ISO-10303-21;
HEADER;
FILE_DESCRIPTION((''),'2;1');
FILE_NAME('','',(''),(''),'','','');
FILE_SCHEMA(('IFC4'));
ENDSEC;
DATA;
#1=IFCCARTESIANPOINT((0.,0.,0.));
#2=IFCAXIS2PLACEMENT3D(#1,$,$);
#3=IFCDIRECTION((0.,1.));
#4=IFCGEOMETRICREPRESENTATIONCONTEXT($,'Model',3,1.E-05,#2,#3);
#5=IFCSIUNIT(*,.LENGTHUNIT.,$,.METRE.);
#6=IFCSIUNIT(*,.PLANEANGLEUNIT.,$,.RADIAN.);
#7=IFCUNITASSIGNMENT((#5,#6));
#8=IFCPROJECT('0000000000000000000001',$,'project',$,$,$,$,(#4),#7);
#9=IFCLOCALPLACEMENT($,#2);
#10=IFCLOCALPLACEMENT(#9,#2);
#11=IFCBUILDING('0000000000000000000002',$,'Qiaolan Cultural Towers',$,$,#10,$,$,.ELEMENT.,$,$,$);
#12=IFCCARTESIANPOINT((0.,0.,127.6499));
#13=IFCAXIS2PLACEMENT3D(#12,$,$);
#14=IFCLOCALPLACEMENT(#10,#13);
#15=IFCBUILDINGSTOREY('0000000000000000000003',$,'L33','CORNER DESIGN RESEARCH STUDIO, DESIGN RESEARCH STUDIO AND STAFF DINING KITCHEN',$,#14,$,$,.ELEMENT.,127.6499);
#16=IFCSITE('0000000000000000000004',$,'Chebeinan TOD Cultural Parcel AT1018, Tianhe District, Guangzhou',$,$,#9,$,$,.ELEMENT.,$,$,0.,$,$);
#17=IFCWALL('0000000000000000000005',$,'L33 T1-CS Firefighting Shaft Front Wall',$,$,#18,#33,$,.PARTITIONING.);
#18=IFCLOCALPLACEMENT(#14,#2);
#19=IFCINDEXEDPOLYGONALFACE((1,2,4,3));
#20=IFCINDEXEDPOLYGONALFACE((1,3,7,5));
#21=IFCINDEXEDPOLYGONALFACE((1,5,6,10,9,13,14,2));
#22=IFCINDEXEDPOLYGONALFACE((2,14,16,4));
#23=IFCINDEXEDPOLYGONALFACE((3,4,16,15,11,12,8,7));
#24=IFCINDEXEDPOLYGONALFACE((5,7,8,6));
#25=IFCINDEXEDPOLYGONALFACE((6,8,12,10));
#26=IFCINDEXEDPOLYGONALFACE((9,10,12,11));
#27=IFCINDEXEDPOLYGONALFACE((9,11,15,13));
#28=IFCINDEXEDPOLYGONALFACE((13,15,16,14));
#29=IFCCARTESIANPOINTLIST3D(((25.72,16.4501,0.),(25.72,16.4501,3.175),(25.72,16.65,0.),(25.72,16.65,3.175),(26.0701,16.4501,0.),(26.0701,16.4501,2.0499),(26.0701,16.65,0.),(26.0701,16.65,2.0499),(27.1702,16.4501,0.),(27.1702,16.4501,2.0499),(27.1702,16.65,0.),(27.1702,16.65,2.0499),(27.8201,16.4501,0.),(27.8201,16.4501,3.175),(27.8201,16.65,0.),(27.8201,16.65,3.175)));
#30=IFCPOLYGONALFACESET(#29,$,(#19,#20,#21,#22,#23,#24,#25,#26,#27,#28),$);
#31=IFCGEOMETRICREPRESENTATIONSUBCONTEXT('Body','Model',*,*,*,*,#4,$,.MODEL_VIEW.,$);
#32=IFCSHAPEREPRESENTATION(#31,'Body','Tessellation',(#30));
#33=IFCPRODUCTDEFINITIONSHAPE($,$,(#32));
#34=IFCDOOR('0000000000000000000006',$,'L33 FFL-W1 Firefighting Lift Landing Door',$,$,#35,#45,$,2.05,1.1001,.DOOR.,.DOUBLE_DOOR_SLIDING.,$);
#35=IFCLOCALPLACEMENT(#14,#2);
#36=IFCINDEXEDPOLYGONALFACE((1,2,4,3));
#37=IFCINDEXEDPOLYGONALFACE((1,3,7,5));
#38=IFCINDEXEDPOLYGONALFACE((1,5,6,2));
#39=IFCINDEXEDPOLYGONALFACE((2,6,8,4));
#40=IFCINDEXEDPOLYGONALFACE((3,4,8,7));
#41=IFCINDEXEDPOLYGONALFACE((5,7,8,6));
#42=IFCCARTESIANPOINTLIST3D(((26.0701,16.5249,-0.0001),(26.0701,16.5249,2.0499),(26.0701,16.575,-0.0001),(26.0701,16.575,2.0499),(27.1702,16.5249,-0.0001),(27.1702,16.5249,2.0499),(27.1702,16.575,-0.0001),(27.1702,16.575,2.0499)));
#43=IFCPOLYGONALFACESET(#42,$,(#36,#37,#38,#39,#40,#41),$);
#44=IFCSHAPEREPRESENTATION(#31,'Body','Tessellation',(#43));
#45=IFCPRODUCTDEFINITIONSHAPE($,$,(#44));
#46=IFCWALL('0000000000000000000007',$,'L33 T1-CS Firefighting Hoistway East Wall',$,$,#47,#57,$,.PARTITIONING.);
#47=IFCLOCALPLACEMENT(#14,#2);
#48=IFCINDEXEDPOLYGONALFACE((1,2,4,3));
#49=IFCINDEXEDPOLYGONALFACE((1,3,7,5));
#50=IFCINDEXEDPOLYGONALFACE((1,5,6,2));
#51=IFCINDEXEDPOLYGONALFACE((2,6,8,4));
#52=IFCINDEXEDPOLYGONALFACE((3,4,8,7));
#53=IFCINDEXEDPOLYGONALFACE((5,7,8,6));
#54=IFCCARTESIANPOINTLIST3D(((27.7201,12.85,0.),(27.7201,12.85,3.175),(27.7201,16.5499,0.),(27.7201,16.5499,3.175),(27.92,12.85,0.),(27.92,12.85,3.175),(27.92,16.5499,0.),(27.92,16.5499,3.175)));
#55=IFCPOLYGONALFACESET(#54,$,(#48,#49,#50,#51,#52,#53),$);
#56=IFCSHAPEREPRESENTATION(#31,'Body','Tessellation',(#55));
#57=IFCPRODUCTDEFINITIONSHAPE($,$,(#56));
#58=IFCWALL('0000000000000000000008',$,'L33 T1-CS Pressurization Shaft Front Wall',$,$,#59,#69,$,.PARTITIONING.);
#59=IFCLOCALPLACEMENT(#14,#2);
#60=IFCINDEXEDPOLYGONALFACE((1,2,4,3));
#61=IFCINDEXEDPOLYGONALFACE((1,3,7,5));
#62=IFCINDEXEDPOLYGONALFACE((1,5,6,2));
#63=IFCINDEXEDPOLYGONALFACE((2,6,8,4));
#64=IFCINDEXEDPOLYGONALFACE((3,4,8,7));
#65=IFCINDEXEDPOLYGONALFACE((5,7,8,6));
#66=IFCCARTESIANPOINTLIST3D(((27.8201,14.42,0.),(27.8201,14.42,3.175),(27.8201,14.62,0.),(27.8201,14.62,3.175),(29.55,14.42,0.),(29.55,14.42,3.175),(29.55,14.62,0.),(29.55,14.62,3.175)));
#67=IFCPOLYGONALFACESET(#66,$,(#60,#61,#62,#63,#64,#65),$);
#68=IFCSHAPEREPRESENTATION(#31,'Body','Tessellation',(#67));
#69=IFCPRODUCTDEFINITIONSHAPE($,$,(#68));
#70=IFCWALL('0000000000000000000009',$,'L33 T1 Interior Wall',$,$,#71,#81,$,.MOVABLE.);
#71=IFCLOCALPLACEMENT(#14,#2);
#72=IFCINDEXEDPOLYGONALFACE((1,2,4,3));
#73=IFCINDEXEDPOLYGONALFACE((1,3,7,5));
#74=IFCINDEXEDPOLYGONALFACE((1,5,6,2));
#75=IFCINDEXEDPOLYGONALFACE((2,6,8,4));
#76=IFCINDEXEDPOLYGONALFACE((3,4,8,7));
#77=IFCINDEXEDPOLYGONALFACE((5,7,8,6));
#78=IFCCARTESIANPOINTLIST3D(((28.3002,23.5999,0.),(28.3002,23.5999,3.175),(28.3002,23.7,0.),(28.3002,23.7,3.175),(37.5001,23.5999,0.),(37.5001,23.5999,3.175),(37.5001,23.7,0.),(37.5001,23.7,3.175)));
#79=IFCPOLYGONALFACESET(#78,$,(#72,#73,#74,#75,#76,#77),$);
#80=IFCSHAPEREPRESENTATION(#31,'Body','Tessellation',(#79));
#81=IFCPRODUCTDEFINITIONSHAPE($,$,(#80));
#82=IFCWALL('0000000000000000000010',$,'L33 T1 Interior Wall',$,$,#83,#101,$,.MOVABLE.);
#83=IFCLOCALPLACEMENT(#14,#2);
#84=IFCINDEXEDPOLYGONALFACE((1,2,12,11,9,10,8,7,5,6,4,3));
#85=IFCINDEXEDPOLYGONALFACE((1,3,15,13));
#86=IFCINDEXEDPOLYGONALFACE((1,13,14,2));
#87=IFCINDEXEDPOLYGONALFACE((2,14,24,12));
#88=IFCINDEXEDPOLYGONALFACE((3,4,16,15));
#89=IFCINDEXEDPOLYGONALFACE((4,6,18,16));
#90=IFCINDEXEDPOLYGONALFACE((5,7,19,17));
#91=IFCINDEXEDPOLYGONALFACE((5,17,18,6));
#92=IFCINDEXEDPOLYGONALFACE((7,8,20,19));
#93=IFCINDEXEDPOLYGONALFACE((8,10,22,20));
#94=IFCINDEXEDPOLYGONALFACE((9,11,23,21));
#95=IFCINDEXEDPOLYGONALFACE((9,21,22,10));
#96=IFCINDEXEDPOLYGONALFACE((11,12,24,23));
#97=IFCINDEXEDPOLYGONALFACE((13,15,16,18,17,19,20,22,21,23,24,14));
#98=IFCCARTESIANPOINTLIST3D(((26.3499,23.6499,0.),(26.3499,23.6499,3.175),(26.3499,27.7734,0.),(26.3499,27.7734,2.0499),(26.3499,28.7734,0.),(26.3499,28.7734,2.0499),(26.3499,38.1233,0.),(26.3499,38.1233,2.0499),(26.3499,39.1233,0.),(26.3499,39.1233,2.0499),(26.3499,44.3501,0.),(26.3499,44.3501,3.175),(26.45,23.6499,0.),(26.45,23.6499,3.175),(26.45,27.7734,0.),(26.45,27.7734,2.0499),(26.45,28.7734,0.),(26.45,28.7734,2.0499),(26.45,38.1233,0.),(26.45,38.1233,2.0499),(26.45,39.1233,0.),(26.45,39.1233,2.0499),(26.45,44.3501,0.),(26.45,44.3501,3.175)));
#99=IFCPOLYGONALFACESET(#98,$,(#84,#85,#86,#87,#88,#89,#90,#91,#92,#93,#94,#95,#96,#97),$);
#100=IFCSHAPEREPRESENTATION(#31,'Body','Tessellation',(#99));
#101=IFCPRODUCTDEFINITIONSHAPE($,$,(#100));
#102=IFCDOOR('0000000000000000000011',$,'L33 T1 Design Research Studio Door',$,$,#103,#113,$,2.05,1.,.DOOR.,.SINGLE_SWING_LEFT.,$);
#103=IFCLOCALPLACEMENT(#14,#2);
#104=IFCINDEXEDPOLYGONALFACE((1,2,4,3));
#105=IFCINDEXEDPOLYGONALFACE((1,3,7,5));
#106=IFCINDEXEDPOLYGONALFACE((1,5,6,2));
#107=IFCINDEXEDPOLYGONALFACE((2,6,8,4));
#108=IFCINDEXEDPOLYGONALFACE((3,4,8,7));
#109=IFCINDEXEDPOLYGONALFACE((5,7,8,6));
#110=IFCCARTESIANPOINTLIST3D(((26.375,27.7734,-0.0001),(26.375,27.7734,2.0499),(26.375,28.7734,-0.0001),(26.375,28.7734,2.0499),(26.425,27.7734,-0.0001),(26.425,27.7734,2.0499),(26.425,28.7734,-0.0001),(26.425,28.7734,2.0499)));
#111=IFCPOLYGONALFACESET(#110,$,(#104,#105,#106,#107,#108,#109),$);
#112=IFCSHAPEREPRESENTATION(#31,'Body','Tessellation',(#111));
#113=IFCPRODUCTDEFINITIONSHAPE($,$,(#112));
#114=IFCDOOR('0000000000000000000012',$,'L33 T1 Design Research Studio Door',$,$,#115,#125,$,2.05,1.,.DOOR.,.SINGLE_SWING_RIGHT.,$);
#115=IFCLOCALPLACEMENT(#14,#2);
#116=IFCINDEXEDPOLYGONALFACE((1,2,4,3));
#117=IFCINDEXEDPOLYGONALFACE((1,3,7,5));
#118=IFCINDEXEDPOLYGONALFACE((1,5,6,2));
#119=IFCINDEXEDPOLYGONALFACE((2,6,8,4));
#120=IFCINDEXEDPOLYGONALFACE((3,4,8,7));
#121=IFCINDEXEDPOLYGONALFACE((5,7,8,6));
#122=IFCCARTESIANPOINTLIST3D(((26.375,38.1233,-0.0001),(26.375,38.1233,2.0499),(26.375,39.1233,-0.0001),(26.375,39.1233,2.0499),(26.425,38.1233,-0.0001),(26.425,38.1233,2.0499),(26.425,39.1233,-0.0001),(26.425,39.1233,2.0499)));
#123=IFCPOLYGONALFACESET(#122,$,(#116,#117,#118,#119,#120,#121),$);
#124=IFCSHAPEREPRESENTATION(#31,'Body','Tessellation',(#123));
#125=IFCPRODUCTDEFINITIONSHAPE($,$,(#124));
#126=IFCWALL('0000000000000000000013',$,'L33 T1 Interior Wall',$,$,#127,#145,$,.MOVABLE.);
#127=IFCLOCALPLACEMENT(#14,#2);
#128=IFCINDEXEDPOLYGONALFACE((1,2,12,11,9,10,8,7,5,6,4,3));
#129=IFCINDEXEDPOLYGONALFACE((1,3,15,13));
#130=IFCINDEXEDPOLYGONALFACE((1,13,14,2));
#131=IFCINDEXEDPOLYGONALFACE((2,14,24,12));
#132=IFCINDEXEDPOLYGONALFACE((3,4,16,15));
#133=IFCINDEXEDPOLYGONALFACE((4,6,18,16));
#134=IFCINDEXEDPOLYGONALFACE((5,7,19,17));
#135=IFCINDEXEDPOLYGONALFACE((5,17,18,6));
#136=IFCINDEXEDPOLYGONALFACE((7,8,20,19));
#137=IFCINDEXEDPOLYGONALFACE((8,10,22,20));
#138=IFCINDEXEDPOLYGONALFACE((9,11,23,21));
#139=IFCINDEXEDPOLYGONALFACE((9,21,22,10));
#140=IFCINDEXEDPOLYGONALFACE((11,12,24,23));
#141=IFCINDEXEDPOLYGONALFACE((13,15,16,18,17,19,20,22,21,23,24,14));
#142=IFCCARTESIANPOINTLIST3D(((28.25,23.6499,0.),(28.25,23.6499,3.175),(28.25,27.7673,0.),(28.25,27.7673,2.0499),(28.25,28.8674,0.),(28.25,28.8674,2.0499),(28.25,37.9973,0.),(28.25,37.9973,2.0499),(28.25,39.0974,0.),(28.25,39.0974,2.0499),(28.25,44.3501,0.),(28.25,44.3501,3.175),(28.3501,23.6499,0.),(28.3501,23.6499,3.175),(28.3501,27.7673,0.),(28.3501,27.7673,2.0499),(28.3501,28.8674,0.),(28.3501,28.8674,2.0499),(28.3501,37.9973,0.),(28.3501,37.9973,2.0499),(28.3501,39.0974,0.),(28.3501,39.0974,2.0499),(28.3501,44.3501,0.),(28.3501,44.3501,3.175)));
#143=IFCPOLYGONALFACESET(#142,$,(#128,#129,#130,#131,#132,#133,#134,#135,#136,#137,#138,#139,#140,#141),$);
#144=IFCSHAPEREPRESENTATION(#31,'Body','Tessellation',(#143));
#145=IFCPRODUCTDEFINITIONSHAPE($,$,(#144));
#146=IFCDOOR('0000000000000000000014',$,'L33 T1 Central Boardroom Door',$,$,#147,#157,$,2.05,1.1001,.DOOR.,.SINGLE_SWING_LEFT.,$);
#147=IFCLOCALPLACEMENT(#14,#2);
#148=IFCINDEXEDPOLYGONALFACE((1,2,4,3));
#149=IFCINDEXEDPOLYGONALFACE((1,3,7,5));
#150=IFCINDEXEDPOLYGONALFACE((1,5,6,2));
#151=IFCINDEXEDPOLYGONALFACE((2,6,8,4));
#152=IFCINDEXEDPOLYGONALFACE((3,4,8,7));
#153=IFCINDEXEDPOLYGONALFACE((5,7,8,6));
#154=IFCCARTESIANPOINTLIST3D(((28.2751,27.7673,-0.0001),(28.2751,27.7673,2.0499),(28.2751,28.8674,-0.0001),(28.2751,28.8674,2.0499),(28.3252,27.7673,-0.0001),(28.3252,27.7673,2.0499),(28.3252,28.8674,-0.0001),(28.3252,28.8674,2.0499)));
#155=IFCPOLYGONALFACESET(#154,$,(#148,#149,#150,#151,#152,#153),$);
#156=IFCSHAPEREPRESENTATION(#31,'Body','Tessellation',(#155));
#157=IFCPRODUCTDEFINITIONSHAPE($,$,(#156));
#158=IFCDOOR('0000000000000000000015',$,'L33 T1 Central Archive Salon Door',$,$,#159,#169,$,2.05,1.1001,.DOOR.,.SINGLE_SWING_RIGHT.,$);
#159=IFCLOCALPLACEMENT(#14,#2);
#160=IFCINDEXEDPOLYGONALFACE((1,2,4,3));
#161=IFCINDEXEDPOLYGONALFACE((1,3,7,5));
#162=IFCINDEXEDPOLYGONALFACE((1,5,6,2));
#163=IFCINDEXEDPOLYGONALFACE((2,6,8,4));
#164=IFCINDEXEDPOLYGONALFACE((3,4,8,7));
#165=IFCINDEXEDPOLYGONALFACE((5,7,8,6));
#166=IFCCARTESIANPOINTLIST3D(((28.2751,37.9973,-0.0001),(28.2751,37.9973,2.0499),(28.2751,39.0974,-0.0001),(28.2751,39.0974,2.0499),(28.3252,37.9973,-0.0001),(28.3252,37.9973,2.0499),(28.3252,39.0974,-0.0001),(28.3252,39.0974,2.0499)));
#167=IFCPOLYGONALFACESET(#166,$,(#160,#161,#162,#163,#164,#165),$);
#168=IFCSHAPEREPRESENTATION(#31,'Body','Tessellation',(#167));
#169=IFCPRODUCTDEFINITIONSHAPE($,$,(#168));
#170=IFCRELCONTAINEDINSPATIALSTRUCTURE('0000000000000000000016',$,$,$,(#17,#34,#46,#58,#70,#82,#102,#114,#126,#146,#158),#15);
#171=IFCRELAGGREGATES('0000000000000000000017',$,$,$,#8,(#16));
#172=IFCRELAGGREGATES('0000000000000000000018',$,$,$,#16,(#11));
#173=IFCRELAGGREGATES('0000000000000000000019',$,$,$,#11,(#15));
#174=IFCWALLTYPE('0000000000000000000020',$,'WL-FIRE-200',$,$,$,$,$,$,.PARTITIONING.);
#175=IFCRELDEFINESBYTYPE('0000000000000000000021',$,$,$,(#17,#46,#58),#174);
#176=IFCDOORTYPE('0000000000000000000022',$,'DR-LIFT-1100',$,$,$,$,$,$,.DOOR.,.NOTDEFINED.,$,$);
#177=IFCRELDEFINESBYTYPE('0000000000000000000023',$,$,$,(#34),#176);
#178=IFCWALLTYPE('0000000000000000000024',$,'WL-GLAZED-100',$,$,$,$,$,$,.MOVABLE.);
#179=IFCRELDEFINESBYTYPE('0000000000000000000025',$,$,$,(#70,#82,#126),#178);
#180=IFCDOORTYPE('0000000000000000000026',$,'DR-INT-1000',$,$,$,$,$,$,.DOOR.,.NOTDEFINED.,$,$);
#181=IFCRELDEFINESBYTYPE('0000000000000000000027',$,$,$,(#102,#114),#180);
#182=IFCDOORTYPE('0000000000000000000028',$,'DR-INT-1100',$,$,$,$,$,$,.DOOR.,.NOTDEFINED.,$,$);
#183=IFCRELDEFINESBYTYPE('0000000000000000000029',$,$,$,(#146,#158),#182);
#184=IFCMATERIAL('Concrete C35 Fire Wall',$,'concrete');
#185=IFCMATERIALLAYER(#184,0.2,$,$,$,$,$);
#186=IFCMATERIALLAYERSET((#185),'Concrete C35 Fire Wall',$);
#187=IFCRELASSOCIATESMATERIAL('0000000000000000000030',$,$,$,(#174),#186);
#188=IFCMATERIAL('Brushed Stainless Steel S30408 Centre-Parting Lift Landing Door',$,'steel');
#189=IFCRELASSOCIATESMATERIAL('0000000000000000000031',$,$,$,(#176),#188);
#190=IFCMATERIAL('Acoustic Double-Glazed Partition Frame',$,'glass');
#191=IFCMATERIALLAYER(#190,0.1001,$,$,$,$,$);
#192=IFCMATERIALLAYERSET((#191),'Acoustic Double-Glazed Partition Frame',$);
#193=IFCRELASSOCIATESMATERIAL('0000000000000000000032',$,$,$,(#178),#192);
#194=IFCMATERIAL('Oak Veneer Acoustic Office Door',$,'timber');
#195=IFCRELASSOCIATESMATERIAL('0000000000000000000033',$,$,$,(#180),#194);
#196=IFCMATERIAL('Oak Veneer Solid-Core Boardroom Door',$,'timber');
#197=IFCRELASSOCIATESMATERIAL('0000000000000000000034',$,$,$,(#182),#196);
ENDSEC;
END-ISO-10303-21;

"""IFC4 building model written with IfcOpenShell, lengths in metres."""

from ifc_helpers import new_model, si_unit, direction, frame, frame_2d, origin, place, context, subcontext, project, spatial, rectangle, extrude, material, layer, layer_set, type_object, element, fill, save


model = new_model("IFC4")

# Units and contexts
model_context = context("Model", 3, precision=1e-05, world=origin(), true_north=direction((0.0, 1.0)))
body_context = subcontext(model_context, "Body", "Model", "MODEL_VIEW")
ifc_project = project(units=[si_unit("LENGTHUNIT", "METRE"), si_unit("PLANEANGLEUNIT", "RADIAN")], contexts=[model_context])

# Site, building, storey
site_placement = place(None, origin())
site = spatial("IfcSite", under=ifc_project, at=site_placement, Name="Chebeinan TOD Cultural Parcel AT1018, Tianhe District, Guangzhou", CompositionType="ELEMENT", RefElevation=0.0)
building_placement = place(site_placement, origin())
building = spatial("IfcBuilding", under=site, at=building_placement, Name="Qiaolan Cultural Towers", CompositionType="ELEMENT")
storey_placement = place(building_placement, frame((0.0, 0.0, 127.6499)))
storey = spatial("IfcBuildingStorey", under=building, at=storey_placement, Name="L33", Description="CORNER DESIGN RESEARCH STUDIO, DESIGN RESEARCH STUDIO AND STAFF DINING KITCHEN", CompositionType="ELEMENT", Elevation=127.6499)

# Shared definitions
ifc_material_1 = material(Name="Concrete C35 Fire Wall", Category="concrete")
ifc_layer_1 = layer(ifc_material_1, 0.2)
ifc_layer_set_1 = layer_set([ifc_layer_1], Name="Concrete C35 Fire Wall")
wall_type_1 = type_object("IfcWallType", Name="WL-FIRE-200", PredefinedType="PARTITIONING", material=ifc_layer_set_1)

# Wall, opening, door
wall_1_placement = place(storey_placement, frame((25.72, 16.55, 0.0), z_axis=(0.0, 0.0, 1.0), x_axis=(1.0, 0.0, 0.0)))
wall_1 = element("IfcWall", 1, at=wall_1_placement, inside=storey, type_object=wall_type_1, Name="L33 T1-CS Firefighting Shaft Front Wall", PredefinedType="PARTITIONING", context=body_context, shape_type="SweptSolid", body=[
    extrude(rectangle(XDim=2.1001, YDim=0.2, at=frame_2d((1.05, 0.0))), origin(), (0.0, 0.0, 1.0), 3.175),
])
opening_1_placement = place(wall_1_placement, frame((0.3501, 0.0, 0.0)))
opening_1 = element("IfcOpeningElement", 2, at=opening_1_placement, cuts=wall_1, PredefinedType="OPENING", context=body_context, shape_type="SweptSolid", body=[
    extrude(rectangle(XDim=1.1001, YDim=2.05, at=frame_2d((0.55, 1.0249))), frame((0.0, 0.1099, 0.0), z_axis=(0.0, -1.0, 0.0), x_axis=(1.0, 0.0, 0.0)), (0.0, 0.0, 1.0), 0.22),
])
ifc_material_2 = material(Name="Brushed Stainless Steel S30408 Centre-Parting Lift Landing Door", Category="steel")
door_type_1 = type_object("IfcDoorType", Name="DR-LIFT-1100", OperationType="NOTDEFINED", PredefinedType="DOOR", material=ifc_material_2)
door_1_placement = place(opening_1_placement, origin())
door_1 = element("IfcDoor", 3, at=door_1_placement, inside=storey, type_object=door_type_1, Name="L33 FFL-W1 Firefighting Lift Landing Door", OperationType="DOUBLE_DOOR_SLIDING", OverallHeight=2.05, OverallWidth=1.1001, PredefinedType="DOOR", context=body_context, shape_type="SweptSolid", body=[
    extrude(rectangle(XDim=1.1001, YDim=2.05, at=frame_2d((0.55, 1.0249))), frame((0.0, 0.0249, 0.0), z_axis=(0.0, -1.0, 0.0), x_axis=(1.0, 0.0, 0.0)), (0.0, 0.0, 1.0), 0.05),
])
fill(opening_1, door_1)

# Walls
wall_2_placement = place(storey_placement, frame((27.8201, 16.55, 0.0), z_axis=(0.0, 0.0, 1.0), x_axis=(0.0, -1.0, 0.0)))
element("IfcWall", 4, at=wall_2_placement, inside=storey, type_object=wall_type_1, Name="L33 T1-CS Firefighting Hoistway East Wall", PredefinedType="PARTITIONING", context=body_context, shape_type="SweptSolid", body=[
    extrude(rectangle(XDim=3.7, YDim=0.2, at=frame_2d((1.8501, 0.0))), origin(), (0.0, 0.0, 1.0), 3.175),
])
wall_3_placement = place(storey_placement, frame((27.8201, 14.52, 0.0), z_axis=(0.0, 0.0, 1.0), x_axis=(1.0, 0.0, 0.0)))
element("IfcWall", 5, at=wall_3_placement, inside=storey, type_object=wall_type_1, Name="L33 T1-CS Pressurization Shaft Front Wall", PredefinedType="PARTITIONING", context=body_context, shape_type="SweptSolid", body=[
    extrude(rectangle(XDim=1.73, YDim=0.2, at=frame_2d((0.865, 0.0))), origin(), (0.0, 0.0, 1.0), 3.175),
])
ifc_material_3 = material(Name="Acoustic Double-Glazed Partition Frame", Category="glass")
ifc_layer_2 = layer(ifc_material_3, 0.1001)
ifc_layer_set_2 = layer_set([ifc_layer_2], Name="Acoustic Double-Glazed Partition Frame")
wall_type_2 = type_object("IfcWallType", Name="WL-GLAZED-100", PredefinedType="MOVABLE", material=ifc_layer_set_2)
wall_4_placement = place(storey_placement, frame((28.3, 23.6499, 0.0), z_axis=(0.0, 0.0, 1.0), x_axis=(1.0, 0.0, 0.0)))
element("IfcWall", 6, at=wall_4_placement, inside=storey, type_object=wall_type_2, Name="L33 T1 Interior Wall", PredefinedType="MOVABLE", context=body_context, shape_type="SweptSolid", body=[
    extrude(rectangle(XDim=9.2, YDim=0.1001, at=frame_2d((4.6001, 0.0))), origin(), (0.0, 0.0, 1.0), 3.175),
])

# Walls, openings, doors
wall_5_placement = place(storey_placement, frame((26.3999, 23.6499, 0.0), z_axis=(0.0, 0.0, 1.0), x_axis=(0.0, 1.0, 0.0)))
wall_5 = element("IfcWall", 7, at=wall_5_placement, inside=storey, type_object=wall_type_2, Name="L33 T1 Interior Wall", PredefinedType="MOVABLE", context=body_context, shape_type="SweptSolid", body=[
    extrude(rectangle(XDim=20.7002, YDim=0.1001, at=frame_2d((10.3501, 0.0))), origin(), (0.0, 0.0, 1.0), 3.175),
])
opening_2_placement = place(wall_5_placement, frame((4.1235, 0.0, 0.0)))
opening_2 = element("IfcOpeningElement", 8, at=opening_2_placement, cuts=wall_5, PredefinedType="OPENING", context=body_context, shape_type="SweptSolid", body=[
    extrude(rectangle(XDim=1.0, YDim=2.05, at=frame_2d((0.5, 1.0249))), frame((0.0, 0.0601, 0.0), z_axis=(0.0, -1.0, 0.0), x_axis=(1.0, 0.0, 0.0)), (0.0, 0.0, 1.0), 0.1201),
])
opening_3_placement = place(wall_5_placement, frame((14.4734, 0.0, 0.0)))
opening_3 = element("IfcOpeningElement", 9, at=opening_3_placement, cuts=wall_5, PredefinedType="OPENING", context=body_context, shape_type="SweptSolid", body=[
    extrude(rectangle(XDim=1.0, YDim=2.05, at=frame_2d((0.5, 1.0249))), frame((0.0, 0.0601, 0.0), z_axis=(0.0, -1.0, 0.0), x_axis=(1.0, 0.0, 0.0)), (0.0, 0.0, 1.0), 0.1201),
])
ifc_material_4 = material(Name="Oak Veneer Acoustic Office Door", Category="timber")
door_type_2 = type_object("IfcDoorType", Name="DR-INT-1000", OperationType="NOTDEFINED", PredefinedType="DOOR", material=ifc_material_4)
door_2_placement = place(opening_2_placement, origin())
door_2 = element("IfcDoor", 10, at=door_2_placement, inside=storey, type_object=door_type_2, Name="L33 T1 Design Research Studio Door", OperationType="SINGLE_SWING_LEFT", OverallHeight=2.05, OverallWidth=1.0, PredefinedType="DOOR", context=body_context, shape_type="SweptSolid", body=[
    extrude(rectangle(XDim=1.0, YDim=2.05, at=frame_2d((0.5, 1.0249))), frame((0.0, 0.0249, 0.0), z_axis=(0.0, -1.0, 0.0), x_axis=(1.0, 0.0, 0.0)), (0.0, 0.0, 1.0), 0.05),
])
fill(opening_2, door_2)
door_3_placement = place(opening_3_placement, origin())
door_3 = element("IfcDoor", 11, at=door_3_placement, inside=storey, type_object=door_type_2, Name="L33 T1 Design Research Studio Door", OperationType="SINGLE_SWING_RIGHT", OverallHeight=2.05, OverallWidth=1.0, PredefinedType="DOOR", context=body_context, shape_type="SweptSolid", body=[
    extrude(rectangle(XDim=1.0, YDim=2.05, at=frame_2d((0.5, 1.0249))), frame((0.0, 0.0249, 0.0), z_axis=(0.0, -1.0, 0.0), x_axis=(1.0, 0.0, 0.0)), (0.0, 0.0, 1.0), 0.05),
])
fill(opening_3, door_3)
wall_6_placement = place(storey_placement, frame((28.3, 23.6499, 0.0), z_axis=(0.0, 0.0, 1.0), x_axis=(0.0, 1.0, 0.0)))
wall_6 = element("IfcWall", 12, at=wall_6_placement, inside=storey, type_object=wall_type_2, Name="L33 T1 Interior Wall", PredefinedType="MOVABLE", context=body_context, shape_type="SweptSolid", body=[
    extrude(rectangle(XDim=20.7002, YDim=0.1001, at=frame_2d((10.3501, 0.0))), origin(), (0.0, 0.0, 1.0), 3.175),
])
opening_4_placement = place(wall_6_placement, frame((4.1174, 0.0, 0.0)))
opening_4 = element("IfcOpeningElement", 13, at=opening_4_placement, cuts=wall_6, PredefinedType="OPENING", context=body_context, shape_type="SweptSolid", body=[
    extrude(rectangle(XDim=1.1001, YDim=2.05, at=frame_2d((0.55, 1.0249))), frame((0.0, 0.0601, 0.0), z_axis=(0.0, -1.0, 0.0), x_axis=(1.0, 0.0, 0.0)), (0.0, 0.0, 1.0), 0.1201),
])
opening_5_placement = place(wall_6_placement, frame((14.3474, 0.0, 0.0)))
opening_5 = element("IfcOpeningElement", 14, at=opening_5_placement, cuts=wall_6, PredefinedType="OPENING", context=body_context, shape_type="SweptSolid", body=[
    extrude(rectangle(XDim=1.1001, YDim=2.05, at=frame_2d((0.55, 1.0249))), frame((0.0, 0.0601, 0.0), z_axis=(0.0, -1.0, 0.0), x_axis=(1.0, 0.0, 0.0)), (0.0, 0.0, 1.0), 0.1201),
])
ifc_material_5 = material(Name="Oak Veneer Solid-Core Boardroom Door", Category="timber")
door_type_3 = type_object("IfcDoorType", Name="DR-INT-1100", OperationType="NOTDEFINED", PredefinedType="DOOR", material=ifc_material_5)
door_4_placement = place(opening_4_placement, origin())
door_4 = element("IfcDoor", 15, at=door_4_placement, inside=storey, type_object=door_type_3, Name="L33 T1 Central Boardroom Door", OperationType="SINGLE_SWING_LEFT", OverallHeight=2.05, OverallWidth=1.1001, PredefinedType="DOOR", context=body_context, shape_type="SweptSolid", body=[
    extrude(rectangle(XDim=1.1001, YDim=2.05, at=frame_2d((0.55, 1.0249))), frame((0.0, 0.0249, 0.0), z_axis=(0.0, -1.0, 0.0), x_axis=(1.0, 0.0, 0.0)), (0.0, 0.0, 1.0), 0.05),
])
fill(opening_4, door_4)
door_5_placement = place(opening_5_placement, origin())
door_5 = element("IfcDoor", 16, at=door_5_placement, inside=storey, type_object=door_type_3, Name="L33 T1 Central Archive Salon Door", OperationType="SINGLE_SWING_RIGHT", OverallHeight=2.05, OverallWidth=1.1001, PredefinedType="DOOR", context=body_context, shape_type="SweptSolid", body=[
    extrude(rectangle(XDim=1.1001, YDim=2.05, at=frame_2d((0.55, 1.0249))), frame((0.0, 0.0249, 0.0), z_axis=(0.0, -1.0, 0.0), x_axis=(1.0, 0.0, 0.0)), (0.0, 0.0, 1.0), 0.05),
])
fill(opening_5, door_5)

save(model, "model.ifc")
